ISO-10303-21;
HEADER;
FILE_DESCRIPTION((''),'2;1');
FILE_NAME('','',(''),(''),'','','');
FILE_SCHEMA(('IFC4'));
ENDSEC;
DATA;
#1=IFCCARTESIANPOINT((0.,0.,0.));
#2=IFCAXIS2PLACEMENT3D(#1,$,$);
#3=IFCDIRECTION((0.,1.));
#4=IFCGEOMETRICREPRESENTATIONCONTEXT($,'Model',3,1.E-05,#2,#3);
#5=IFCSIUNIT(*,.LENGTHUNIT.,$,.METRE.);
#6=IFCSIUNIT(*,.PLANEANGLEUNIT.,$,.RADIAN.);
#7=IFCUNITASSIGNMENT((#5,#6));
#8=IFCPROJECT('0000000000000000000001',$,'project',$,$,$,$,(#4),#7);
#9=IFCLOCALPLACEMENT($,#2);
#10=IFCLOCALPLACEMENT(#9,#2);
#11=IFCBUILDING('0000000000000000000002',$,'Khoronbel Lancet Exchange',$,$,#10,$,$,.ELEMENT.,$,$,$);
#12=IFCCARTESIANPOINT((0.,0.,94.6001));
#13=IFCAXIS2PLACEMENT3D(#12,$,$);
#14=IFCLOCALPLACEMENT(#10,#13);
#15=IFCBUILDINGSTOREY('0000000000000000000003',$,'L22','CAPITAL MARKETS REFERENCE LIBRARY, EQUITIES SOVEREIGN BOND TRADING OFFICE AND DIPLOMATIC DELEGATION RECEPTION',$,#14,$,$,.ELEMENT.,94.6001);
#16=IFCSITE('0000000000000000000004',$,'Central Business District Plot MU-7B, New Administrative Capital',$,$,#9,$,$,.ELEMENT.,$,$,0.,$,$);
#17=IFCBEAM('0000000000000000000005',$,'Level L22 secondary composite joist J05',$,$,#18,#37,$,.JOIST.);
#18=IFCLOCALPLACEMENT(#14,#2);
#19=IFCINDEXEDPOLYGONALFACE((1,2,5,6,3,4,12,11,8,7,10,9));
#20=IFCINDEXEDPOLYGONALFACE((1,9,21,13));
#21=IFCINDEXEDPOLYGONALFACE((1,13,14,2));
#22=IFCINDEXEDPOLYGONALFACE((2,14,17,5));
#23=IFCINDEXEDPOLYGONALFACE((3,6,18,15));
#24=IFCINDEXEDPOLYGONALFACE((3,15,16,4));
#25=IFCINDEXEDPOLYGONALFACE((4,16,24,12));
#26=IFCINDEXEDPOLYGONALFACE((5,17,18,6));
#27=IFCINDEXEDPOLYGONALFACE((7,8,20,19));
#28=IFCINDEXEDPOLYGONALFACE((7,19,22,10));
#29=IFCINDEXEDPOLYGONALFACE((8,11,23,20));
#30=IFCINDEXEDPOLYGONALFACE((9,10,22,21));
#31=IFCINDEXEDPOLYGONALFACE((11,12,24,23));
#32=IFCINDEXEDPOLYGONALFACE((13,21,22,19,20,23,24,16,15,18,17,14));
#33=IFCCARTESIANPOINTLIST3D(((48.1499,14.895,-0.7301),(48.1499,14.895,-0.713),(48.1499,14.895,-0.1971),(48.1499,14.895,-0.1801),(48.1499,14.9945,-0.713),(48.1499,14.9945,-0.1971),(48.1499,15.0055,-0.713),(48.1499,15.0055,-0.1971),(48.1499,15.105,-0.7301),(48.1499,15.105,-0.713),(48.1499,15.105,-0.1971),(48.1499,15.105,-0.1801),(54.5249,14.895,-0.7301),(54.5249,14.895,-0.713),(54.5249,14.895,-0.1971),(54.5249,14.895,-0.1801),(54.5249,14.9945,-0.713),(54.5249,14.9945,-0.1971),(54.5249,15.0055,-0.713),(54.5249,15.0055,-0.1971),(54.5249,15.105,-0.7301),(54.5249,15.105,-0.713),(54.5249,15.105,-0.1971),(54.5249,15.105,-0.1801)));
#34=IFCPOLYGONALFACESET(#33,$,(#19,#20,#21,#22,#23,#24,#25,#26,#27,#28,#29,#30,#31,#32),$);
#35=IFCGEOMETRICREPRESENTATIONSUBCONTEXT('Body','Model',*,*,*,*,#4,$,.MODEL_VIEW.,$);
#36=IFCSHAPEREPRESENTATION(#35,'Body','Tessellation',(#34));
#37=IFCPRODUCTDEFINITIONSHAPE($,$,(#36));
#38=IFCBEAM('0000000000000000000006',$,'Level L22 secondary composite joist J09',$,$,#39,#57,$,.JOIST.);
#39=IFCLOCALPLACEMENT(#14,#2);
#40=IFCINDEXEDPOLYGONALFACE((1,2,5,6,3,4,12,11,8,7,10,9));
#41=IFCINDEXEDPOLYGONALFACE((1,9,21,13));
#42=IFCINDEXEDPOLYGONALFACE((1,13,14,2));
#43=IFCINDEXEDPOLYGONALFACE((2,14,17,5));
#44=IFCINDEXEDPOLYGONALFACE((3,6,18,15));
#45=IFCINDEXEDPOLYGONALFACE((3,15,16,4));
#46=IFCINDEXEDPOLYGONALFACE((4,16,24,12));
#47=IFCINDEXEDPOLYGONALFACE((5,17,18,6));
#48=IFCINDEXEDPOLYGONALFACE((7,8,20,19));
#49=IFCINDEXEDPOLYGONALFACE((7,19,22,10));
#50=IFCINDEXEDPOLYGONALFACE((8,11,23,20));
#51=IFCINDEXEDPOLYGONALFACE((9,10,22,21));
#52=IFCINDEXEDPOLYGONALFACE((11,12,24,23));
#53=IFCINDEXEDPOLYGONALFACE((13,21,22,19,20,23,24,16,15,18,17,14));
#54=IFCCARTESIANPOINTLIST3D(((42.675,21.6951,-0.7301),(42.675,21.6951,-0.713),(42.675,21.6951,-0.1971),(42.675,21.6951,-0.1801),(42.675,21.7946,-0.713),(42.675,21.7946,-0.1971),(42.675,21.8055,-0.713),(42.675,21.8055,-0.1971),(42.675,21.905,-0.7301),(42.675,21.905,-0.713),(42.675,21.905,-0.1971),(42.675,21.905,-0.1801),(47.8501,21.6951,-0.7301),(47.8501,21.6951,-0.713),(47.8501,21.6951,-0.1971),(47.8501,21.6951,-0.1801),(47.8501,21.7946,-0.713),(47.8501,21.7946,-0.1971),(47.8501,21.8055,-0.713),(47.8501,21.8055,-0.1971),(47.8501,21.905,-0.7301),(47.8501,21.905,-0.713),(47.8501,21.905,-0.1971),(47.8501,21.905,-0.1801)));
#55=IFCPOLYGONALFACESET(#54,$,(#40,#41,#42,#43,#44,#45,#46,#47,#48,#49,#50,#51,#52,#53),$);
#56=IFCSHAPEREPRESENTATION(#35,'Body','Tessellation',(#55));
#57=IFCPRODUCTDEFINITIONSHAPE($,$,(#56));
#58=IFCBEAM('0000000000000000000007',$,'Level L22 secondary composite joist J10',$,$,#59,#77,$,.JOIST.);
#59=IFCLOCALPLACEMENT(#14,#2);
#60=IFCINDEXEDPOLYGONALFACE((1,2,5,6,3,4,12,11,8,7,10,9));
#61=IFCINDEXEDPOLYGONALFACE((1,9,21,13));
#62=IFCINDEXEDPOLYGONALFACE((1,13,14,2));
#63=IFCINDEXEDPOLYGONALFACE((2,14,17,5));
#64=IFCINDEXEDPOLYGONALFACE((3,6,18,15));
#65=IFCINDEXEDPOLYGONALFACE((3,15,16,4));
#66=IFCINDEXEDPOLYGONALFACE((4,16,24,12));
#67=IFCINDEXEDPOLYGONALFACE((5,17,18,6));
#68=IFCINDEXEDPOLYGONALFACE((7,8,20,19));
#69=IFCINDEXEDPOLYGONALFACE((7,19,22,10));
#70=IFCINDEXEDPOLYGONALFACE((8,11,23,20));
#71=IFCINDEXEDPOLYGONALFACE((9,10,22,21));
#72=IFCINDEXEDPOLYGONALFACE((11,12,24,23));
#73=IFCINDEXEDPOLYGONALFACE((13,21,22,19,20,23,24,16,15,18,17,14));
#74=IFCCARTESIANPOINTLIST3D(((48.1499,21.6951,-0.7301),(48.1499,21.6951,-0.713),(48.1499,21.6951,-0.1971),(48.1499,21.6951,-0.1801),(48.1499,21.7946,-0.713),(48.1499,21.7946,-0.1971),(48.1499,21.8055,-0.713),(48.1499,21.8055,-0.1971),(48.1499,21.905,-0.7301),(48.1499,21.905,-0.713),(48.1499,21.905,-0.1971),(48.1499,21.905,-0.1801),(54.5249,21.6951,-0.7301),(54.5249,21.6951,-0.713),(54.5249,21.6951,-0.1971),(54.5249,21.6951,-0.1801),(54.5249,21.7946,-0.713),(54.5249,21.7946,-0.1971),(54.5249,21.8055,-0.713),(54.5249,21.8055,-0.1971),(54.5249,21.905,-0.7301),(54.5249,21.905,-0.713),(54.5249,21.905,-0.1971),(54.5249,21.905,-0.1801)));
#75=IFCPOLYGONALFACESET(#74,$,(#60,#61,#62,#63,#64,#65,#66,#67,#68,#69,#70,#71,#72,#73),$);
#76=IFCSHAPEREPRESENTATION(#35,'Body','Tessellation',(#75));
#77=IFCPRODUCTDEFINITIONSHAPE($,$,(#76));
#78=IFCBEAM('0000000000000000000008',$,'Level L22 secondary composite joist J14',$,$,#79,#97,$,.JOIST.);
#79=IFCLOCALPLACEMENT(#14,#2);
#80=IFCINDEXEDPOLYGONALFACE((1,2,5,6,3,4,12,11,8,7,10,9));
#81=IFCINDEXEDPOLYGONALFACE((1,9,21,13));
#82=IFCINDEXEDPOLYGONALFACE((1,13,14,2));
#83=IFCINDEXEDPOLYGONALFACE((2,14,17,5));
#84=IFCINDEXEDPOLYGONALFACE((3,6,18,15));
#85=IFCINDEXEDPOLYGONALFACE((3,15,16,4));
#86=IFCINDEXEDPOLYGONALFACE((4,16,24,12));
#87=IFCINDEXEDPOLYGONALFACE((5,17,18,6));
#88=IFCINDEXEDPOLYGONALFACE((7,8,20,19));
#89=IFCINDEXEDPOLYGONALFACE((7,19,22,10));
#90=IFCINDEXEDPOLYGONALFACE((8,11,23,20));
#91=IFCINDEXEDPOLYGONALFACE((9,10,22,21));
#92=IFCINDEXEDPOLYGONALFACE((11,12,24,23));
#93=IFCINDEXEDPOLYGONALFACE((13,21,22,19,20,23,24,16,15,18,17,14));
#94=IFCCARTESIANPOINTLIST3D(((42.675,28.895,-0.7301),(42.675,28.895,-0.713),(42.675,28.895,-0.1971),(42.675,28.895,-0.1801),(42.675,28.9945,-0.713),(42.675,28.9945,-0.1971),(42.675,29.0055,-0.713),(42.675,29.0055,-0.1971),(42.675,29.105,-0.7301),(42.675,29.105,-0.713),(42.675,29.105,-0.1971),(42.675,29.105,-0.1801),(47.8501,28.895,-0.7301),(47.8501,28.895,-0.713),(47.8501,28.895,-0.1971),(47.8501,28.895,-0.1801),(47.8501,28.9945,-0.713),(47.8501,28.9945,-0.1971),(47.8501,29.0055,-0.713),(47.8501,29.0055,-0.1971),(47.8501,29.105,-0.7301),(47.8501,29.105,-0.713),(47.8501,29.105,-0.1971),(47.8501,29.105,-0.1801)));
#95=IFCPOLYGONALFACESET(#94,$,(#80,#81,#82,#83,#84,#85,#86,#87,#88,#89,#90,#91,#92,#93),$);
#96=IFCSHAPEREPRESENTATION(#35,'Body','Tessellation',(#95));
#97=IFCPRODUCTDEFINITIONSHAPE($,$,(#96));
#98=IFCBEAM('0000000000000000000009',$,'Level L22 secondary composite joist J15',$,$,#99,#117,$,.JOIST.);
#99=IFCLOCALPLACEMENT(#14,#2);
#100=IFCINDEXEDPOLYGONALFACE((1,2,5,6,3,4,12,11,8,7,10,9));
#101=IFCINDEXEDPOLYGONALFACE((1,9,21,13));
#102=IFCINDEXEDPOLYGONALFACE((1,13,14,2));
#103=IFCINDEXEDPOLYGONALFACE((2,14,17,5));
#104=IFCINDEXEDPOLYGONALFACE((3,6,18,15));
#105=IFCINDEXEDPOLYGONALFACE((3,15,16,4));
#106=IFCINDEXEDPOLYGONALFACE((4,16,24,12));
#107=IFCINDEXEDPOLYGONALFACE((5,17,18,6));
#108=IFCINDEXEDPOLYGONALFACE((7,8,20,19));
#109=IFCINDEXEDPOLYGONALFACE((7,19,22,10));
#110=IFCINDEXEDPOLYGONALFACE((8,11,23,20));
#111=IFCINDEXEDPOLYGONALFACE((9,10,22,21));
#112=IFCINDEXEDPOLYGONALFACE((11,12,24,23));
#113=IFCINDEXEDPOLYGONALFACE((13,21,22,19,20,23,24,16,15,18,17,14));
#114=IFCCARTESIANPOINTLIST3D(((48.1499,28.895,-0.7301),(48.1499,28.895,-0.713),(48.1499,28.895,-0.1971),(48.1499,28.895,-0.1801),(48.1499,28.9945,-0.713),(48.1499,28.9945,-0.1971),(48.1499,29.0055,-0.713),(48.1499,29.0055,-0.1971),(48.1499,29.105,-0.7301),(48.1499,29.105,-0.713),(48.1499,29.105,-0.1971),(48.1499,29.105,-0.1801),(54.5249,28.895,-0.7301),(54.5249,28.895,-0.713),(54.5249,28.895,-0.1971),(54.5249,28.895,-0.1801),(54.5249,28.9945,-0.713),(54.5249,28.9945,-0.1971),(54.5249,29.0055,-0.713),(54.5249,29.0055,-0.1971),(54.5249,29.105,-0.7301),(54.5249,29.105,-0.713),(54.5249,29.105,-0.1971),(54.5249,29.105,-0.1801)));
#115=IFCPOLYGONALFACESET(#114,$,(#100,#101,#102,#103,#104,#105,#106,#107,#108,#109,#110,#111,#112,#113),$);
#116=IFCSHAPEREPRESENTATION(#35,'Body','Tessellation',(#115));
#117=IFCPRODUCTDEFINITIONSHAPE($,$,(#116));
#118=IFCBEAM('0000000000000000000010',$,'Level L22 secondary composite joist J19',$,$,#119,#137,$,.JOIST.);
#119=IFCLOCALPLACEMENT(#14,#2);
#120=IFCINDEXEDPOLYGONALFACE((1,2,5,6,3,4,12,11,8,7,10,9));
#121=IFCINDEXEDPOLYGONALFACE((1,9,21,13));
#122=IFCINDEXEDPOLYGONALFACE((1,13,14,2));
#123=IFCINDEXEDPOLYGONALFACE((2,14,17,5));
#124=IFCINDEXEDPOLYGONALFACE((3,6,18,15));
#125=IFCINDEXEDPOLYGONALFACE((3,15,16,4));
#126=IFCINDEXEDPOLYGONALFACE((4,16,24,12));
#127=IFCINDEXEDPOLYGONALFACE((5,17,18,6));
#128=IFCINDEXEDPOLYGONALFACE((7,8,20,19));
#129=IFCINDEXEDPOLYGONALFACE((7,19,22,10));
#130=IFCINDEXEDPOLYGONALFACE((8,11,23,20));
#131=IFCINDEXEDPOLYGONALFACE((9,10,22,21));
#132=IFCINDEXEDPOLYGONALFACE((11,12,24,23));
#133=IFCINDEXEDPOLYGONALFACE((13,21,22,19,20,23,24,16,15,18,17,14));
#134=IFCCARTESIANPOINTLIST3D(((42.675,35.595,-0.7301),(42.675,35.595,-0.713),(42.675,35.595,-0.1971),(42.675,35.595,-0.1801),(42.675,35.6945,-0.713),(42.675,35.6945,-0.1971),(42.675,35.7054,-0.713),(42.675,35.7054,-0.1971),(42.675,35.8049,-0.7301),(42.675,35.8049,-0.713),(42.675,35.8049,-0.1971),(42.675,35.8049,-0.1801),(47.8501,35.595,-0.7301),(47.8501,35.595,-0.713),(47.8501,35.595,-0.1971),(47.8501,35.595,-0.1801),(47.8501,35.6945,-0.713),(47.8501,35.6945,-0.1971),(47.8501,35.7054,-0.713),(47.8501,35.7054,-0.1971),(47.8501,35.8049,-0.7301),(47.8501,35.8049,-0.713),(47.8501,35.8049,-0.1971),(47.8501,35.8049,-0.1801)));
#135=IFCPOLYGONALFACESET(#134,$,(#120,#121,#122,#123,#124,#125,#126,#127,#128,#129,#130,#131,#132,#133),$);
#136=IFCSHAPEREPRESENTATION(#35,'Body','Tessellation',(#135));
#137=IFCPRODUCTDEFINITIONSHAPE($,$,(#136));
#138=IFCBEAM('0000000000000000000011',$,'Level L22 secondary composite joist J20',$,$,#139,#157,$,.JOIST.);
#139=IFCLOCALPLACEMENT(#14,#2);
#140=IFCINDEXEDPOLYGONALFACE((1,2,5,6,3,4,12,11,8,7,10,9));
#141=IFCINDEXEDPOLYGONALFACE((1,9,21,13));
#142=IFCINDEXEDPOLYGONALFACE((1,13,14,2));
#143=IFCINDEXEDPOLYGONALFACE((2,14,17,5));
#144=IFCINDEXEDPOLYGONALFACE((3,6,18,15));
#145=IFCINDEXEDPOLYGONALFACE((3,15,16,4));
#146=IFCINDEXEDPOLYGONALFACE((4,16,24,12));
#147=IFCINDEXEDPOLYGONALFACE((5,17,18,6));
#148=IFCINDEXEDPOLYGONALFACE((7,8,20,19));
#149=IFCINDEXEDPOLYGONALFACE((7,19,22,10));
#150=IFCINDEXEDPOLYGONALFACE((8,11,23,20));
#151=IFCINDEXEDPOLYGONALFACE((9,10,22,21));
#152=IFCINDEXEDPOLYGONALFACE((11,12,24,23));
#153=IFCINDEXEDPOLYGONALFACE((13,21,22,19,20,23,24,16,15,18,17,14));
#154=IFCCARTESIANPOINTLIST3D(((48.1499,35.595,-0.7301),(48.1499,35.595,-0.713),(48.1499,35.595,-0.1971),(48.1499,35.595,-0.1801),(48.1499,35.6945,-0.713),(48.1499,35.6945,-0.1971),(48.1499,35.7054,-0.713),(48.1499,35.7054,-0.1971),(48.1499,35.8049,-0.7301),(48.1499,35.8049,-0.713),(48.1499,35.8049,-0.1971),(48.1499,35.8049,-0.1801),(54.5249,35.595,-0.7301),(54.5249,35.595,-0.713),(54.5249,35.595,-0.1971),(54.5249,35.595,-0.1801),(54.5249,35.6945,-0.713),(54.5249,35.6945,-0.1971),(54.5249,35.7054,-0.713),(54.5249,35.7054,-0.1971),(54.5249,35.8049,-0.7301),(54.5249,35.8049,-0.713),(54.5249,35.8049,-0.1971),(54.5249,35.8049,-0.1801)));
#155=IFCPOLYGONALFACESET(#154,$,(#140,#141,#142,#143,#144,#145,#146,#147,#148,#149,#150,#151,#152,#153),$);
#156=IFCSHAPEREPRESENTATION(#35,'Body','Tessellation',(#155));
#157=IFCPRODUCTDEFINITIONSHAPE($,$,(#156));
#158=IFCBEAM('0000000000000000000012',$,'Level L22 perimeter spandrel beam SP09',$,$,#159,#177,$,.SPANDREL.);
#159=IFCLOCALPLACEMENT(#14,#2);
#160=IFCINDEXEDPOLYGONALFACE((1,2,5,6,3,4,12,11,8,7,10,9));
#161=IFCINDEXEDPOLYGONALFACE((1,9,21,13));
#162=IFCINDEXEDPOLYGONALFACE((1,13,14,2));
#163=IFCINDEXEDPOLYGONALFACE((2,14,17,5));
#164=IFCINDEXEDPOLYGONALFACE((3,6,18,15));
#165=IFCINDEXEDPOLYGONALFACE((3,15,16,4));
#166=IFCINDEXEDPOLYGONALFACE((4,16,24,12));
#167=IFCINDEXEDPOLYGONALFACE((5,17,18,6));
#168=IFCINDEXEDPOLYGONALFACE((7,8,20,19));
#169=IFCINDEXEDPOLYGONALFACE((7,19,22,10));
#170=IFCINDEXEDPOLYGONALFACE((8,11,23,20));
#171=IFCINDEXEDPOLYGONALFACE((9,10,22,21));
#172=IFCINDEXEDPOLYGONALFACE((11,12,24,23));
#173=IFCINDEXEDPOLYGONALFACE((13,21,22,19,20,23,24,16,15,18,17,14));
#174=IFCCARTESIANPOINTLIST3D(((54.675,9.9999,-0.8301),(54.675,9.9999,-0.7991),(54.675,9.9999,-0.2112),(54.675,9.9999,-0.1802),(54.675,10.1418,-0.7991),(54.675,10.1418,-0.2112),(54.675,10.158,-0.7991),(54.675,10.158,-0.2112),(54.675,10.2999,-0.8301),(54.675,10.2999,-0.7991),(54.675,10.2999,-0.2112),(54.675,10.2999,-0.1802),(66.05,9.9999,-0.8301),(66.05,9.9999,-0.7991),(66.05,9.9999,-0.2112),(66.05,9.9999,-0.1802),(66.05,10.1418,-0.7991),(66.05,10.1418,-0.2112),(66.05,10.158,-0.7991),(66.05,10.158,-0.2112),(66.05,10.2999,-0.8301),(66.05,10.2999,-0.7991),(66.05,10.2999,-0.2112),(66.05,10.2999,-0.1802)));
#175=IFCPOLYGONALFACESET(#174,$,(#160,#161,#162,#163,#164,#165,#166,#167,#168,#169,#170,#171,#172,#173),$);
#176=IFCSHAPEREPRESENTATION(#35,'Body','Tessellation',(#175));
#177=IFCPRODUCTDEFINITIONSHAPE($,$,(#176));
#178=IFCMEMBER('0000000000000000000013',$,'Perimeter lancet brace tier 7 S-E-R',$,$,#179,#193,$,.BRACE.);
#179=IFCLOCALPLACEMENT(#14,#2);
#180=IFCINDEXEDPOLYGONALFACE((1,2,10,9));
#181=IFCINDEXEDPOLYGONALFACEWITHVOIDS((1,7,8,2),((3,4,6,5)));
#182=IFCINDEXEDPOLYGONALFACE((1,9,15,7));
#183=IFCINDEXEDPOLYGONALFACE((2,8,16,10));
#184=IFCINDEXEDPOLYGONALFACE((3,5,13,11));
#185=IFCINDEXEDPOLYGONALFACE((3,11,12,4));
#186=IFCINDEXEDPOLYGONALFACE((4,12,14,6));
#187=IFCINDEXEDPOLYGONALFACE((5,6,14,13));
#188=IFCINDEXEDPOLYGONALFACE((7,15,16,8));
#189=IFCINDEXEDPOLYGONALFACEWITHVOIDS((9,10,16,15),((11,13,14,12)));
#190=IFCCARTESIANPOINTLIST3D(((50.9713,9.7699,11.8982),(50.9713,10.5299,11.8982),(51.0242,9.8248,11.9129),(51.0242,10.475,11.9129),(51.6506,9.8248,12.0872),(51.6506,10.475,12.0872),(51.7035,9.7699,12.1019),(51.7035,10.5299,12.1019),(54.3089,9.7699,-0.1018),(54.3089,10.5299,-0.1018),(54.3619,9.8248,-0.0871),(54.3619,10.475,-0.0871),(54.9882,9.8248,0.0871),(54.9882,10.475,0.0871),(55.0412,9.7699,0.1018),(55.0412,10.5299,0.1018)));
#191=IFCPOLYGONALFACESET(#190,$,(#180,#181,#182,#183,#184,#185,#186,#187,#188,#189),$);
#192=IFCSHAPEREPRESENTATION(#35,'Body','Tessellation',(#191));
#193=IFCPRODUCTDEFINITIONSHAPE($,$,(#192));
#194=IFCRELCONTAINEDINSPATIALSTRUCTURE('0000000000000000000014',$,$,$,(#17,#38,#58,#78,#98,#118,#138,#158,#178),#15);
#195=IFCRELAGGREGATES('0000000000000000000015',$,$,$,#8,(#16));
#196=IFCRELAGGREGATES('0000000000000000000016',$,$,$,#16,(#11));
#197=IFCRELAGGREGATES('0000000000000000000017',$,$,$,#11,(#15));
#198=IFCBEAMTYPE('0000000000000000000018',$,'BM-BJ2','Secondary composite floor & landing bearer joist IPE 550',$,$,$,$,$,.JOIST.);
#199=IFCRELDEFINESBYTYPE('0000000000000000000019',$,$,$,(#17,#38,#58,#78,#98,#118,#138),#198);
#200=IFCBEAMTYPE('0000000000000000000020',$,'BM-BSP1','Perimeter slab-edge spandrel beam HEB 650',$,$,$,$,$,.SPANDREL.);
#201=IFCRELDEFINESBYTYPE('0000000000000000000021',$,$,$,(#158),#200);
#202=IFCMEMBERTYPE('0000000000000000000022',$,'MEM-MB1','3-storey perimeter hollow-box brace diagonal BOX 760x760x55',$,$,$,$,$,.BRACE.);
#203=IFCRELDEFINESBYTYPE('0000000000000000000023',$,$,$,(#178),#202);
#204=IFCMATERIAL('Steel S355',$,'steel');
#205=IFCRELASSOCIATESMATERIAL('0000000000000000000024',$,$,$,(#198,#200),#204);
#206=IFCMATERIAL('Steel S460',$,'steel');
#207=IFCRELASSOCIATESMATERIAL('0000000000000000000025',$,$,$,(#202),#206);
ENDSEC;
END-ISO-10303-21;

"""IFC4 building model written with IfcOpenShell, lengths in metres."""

from ifc_helpers import new_model, si_unit, direction, frame, origin, origin_2d, place, context, subcontext, project, spatial, hollow_rectangle, i_section, extrude, material, material_profile, profile_set, type_object, element, save


model = new_model("IFC4")

# Units and contexts
model_context = context("Model", 3, precision=1e-05, world=origin(), true_north=direction((0.0, 1.0)))
body_context = subcontext(model_context, "Body", "Model", "MODEL_VIEW")
ifc_project = project(units=[si_unit("LENGTHUNIT", "METRE"), si_unit("PLANEANGLEUNIT", "RADIAN")], contexts=[model_context])

# Site, building, storey
site_placement = place(None, origin())
site = spatial("IfcSite", under=ifc_project, at=site_placement, Name="Central Business District Plot MU-7B, New Administrative Capital", CompositionType="ELEMENT", RefElevation=0.0)
building_placement = place(site_placement, origin())
building = spatial("IfcBuilding", under=site, at=building_placement, Name="Khoronbel Lancet Exchange", CompositionType="ELEMENT")
storey_placement = place(building_placement, frame((0.0, 0.0, 94.6001)))
storey = spatial("IfcBuildingStorey", under=building, at=storey_placement, Name="L22", Description="CAPITAL MARKETS REFERENCE LIBRARY, EQUITIES SOVEREIGN BOND TRADING OFFICE AND DIPLOMATIC DELEGATION RECEPTION", CompositionType="ELEMENT", Elevation=94.6001)

# Shared definitions
ifc_material_1 = material(Name="Steel S460", Category="steel")

# Beams
ifc_material_2 = material(Name="Steel S355", Category="steel")
ifc_material_profile_1 = material_profile(ifc_material_2, i_section(OverallWidth=0.21, OverallDepth=0.55, WebThickness=0.011, FlangeThickness=0.0171, at=origin_2d()), Name="IPE 550")
ifc_profile_set_1 = profile_set([ifc_material_profile_1], Name="Steel S355")
beam_type_1 = type_object("IfcBeamType", Name="BM-BJ2", Description="Secondary composite floor & landing bearer joist IPE 550", PredefinedType="JOIST", material=ifc_profile_set_1)
beam_1_placement = place(storey_placement, frame((48.1499, 15.0, -0.4551), z_axis=(1.0, 0.0, 0.0), x_axis=(0.0, 1.0, 0.0)))
element("IfcBeam", 1, at=beam_1_placement, inside=storey, type_object=beam_type_1, Name="Level L22 secondary composite joist J05", PredefinedType="JOIST", context=body_context, shape_type="SweptSolid", body=[
    extrude(i_section(OverallWidth=0.21, OverallDepth=0.55, WebThickness=0.011, FlangeThickness=0.0171, at=origin_2d()), origin(), (0.0, 0.0, 1.0), 6.375),
])
beam_2_placement = place(storey_placement, frame((42.675, 21.8, -0.4551), z_axis=(1.0, 0.0, 0.0), x_axis=(0.0, 1.0, 0.0)))
element("IfcBeam", 2, at=beam_2_placement, inside=storey, type_object=beam_type_1, Name="Level L22 secondary composite joist J09", PredefinedType="JOIST", context=body_context, shape_type="SweptSolid", body=[
    extrude(i_section(OverallWidth=0.21, OverallDepth=0.55, WebThickness=0.011, FlangeThickness=0.0171, at=origin_2d()), origin(), (0.0, 0.0, 1.0), 5.175),
])
beam_3_placement = place(storey_placement, frame((48.1499, 21.8, -0.4551), z_axis=(1.0, 0.0, 0.0), x_axis=(0.0, 1.0, 0.0)))
element("IfcBeam", 3, at=beam_3_placement, inside=storey, type_object=beam_type_1, Name="Level L22 secondary composite joist J10", PredefinedType="JOIST", context=body_context, shape_type="SweptSolid", body=[
    extrude(i_section(OverallWidth=0.21, OverallDepth=0.55, WebThickness=0.011, FlangeThickness=0.0171, at=origin_2d()), origin(), (0.0, 0.0, 1.0), 6.375),
])
beam_4_placement = place(storey_placement, frame((42.675, 29.0, -0.4551), z_axis=(1.0, 0.0, 0.0), x_axis=(0.0, 1.0, 0.0)))
element("IfcBeam", 4, at=beam_4_placement, inside=storey, type_object=beam_type_1, Name="Level L22 secondary composite joist J14", PredefinedType="JOIST", context=body_context, shape_type="SweptSolid", body=[
    extrude(i_section(OverallWidth=0.21, OverallDepth=0.55, WebThickness=0.011, FlangeThickness=0.0171, at=origin_2d()), origin(), (0.0, 0.0, 1.0), 5.175),
])
beam_5_placement = place(storey_placement, frame((48.1499, 29.0, -0.4551), z_axis=(1.0, 0.0, 0.0), x_axis=(0.0, 1.0, 0.0)))
element("IfcBeam", 5, at=beam_5_placement, inside=storey, type_object=beam_type_1, Name="Level L22 secondary composite joist J15", PredefinedType="JOIST", context=body_context, shape_type="SweptSolid", body=[
    extrude(i_section(OverallWidth=0.21, OverallDepth=0.55, WebThickness=0.011, FlangeThickness=0.0171, at=origin_2d()), origin(), (0.0, 0.0, 1.0), 6.375),
])
beam_6_placement = place(storey_placement, frame((42.675, 35.7, -0.4551), z_axis=(1.0, 0.0, 0.0), x_axis=(0.0, 1.0, 0.0)))
element("IfcBeam", 6, at=beam_6_placement, inside=storey, type_object=beam_type_1, Name="Level L22 secondary composite joist J19", PredefinedType="JOIST", context=body_context, shape_type="SweptSolid", body=[
    extrude(i_section(OverallWidth=0.21, OverallDepth=0.55, WebThickness=0.011, FlangeThickness=0.0171, at=origin_2d()), origin(), (0.0, 0.0, 1.0), 5.175),
])
beam_7_placement = place(storey_placement, frame((48.1499, 35.7, -0.4551), z_axis=(1.0, 0.0, 0.0), x_axis=(0.0, 1.0, 0.0)))
element("IfcBeam", 7, at=beam_7_placement, inside=storey, type_object=beam_type_1, Name="Level L22 secondary composite joist J20", PredefinedType="JOIST", context=body_context, shape_type="SweptSolid", body=[
    extrude(i_section(OverallWidth=0.21, OverallDepth=0.55, WebThickness=0.011, FlangeThickness=0.0171, at=origin_2d()), origin(), (0.0, 0.0, 1.0), 6.375),
])
ifc_material_profile_2 = material_profile(ifc_material_2, i_section(OverallWidth=0.3, OverallDepth=0.6499, WebThickness=0.0161, FlangeThickness=0.031, at=origin_2d()), Name="HEB 650")
ifc_profile_set_2 = profile_set([ifc_material_profile_2], Name="Steel S355")
beam_type_2 = type_object("IfcBeamType", Name="BM-BSP1", Description="Perimeter slab-edge spandrel beam HEB 650", PredefinedType="SPANDREL", material=ifc_profile_set_2)
beam_8_placement = place(storey_placement, frame((54.675, 10.1499, -0.5051), z_axis=(1.0, 0.0, 0.0), x_axis=(0.0, 1.0, 0.0)))
element("IfcBeam", 8, at=beam_8_placement, inside=storey, type_object=beam_type_2, Name="Level L22 perimeter spandrel beam SP09", PredefinedType="SPANDREL", context=body_context, shape_type="SweptSolid", body=[
    extrude(i_section(OverallWidth=0.3, OverallDepth=0.6499, WebThickness=0.0161, FlangeThickness=0.031, at=origin_2d()), origin(), (0.0, 0.0, 1.0), 11.375),
])

# Member
ifc_material_profile_3 = material_profile(ifc_material_1, hollow_rectangle(XDim=0.76, YDim=0.76, WallThickness=0.0549, at=origin_2d()), Name="BOX 760x760x55")
ifc_profile_set_3 = profile_set([ifc_material_profile_3], Name="Steel S460")
member_type = type_object("IfcMemberType", Name="MEM-MB1", Description="3-storey perimeter hollow-box brace diagonal BOX 760x760x55", PredefinedType="BRACE", material=ifc_profile_set_3)
member_placement = place(storey_placement, frame((54.675, 10.1499, 0.0), z_axis=(-0.267965, 0.0, 0.963429), x_axis=(0.0, -1.0, 0.0)))
element("IfcMember", 9, at=member_placement, inside=storey, type_object=member_type, Name="Perimeter lancet brace tier 7 S-E-R", PredefinedType="BRACE", context=body_context, shape_type="SweptSolid", body=[
    extrude(hollow_rectangle(XDim=0.76, YDim=0.76, WallThickness=0.0549, at=origin_2d()), origin(), (0.0, 0.0, 1.0), 12.4556),
])

save(model, "model.ifc")
